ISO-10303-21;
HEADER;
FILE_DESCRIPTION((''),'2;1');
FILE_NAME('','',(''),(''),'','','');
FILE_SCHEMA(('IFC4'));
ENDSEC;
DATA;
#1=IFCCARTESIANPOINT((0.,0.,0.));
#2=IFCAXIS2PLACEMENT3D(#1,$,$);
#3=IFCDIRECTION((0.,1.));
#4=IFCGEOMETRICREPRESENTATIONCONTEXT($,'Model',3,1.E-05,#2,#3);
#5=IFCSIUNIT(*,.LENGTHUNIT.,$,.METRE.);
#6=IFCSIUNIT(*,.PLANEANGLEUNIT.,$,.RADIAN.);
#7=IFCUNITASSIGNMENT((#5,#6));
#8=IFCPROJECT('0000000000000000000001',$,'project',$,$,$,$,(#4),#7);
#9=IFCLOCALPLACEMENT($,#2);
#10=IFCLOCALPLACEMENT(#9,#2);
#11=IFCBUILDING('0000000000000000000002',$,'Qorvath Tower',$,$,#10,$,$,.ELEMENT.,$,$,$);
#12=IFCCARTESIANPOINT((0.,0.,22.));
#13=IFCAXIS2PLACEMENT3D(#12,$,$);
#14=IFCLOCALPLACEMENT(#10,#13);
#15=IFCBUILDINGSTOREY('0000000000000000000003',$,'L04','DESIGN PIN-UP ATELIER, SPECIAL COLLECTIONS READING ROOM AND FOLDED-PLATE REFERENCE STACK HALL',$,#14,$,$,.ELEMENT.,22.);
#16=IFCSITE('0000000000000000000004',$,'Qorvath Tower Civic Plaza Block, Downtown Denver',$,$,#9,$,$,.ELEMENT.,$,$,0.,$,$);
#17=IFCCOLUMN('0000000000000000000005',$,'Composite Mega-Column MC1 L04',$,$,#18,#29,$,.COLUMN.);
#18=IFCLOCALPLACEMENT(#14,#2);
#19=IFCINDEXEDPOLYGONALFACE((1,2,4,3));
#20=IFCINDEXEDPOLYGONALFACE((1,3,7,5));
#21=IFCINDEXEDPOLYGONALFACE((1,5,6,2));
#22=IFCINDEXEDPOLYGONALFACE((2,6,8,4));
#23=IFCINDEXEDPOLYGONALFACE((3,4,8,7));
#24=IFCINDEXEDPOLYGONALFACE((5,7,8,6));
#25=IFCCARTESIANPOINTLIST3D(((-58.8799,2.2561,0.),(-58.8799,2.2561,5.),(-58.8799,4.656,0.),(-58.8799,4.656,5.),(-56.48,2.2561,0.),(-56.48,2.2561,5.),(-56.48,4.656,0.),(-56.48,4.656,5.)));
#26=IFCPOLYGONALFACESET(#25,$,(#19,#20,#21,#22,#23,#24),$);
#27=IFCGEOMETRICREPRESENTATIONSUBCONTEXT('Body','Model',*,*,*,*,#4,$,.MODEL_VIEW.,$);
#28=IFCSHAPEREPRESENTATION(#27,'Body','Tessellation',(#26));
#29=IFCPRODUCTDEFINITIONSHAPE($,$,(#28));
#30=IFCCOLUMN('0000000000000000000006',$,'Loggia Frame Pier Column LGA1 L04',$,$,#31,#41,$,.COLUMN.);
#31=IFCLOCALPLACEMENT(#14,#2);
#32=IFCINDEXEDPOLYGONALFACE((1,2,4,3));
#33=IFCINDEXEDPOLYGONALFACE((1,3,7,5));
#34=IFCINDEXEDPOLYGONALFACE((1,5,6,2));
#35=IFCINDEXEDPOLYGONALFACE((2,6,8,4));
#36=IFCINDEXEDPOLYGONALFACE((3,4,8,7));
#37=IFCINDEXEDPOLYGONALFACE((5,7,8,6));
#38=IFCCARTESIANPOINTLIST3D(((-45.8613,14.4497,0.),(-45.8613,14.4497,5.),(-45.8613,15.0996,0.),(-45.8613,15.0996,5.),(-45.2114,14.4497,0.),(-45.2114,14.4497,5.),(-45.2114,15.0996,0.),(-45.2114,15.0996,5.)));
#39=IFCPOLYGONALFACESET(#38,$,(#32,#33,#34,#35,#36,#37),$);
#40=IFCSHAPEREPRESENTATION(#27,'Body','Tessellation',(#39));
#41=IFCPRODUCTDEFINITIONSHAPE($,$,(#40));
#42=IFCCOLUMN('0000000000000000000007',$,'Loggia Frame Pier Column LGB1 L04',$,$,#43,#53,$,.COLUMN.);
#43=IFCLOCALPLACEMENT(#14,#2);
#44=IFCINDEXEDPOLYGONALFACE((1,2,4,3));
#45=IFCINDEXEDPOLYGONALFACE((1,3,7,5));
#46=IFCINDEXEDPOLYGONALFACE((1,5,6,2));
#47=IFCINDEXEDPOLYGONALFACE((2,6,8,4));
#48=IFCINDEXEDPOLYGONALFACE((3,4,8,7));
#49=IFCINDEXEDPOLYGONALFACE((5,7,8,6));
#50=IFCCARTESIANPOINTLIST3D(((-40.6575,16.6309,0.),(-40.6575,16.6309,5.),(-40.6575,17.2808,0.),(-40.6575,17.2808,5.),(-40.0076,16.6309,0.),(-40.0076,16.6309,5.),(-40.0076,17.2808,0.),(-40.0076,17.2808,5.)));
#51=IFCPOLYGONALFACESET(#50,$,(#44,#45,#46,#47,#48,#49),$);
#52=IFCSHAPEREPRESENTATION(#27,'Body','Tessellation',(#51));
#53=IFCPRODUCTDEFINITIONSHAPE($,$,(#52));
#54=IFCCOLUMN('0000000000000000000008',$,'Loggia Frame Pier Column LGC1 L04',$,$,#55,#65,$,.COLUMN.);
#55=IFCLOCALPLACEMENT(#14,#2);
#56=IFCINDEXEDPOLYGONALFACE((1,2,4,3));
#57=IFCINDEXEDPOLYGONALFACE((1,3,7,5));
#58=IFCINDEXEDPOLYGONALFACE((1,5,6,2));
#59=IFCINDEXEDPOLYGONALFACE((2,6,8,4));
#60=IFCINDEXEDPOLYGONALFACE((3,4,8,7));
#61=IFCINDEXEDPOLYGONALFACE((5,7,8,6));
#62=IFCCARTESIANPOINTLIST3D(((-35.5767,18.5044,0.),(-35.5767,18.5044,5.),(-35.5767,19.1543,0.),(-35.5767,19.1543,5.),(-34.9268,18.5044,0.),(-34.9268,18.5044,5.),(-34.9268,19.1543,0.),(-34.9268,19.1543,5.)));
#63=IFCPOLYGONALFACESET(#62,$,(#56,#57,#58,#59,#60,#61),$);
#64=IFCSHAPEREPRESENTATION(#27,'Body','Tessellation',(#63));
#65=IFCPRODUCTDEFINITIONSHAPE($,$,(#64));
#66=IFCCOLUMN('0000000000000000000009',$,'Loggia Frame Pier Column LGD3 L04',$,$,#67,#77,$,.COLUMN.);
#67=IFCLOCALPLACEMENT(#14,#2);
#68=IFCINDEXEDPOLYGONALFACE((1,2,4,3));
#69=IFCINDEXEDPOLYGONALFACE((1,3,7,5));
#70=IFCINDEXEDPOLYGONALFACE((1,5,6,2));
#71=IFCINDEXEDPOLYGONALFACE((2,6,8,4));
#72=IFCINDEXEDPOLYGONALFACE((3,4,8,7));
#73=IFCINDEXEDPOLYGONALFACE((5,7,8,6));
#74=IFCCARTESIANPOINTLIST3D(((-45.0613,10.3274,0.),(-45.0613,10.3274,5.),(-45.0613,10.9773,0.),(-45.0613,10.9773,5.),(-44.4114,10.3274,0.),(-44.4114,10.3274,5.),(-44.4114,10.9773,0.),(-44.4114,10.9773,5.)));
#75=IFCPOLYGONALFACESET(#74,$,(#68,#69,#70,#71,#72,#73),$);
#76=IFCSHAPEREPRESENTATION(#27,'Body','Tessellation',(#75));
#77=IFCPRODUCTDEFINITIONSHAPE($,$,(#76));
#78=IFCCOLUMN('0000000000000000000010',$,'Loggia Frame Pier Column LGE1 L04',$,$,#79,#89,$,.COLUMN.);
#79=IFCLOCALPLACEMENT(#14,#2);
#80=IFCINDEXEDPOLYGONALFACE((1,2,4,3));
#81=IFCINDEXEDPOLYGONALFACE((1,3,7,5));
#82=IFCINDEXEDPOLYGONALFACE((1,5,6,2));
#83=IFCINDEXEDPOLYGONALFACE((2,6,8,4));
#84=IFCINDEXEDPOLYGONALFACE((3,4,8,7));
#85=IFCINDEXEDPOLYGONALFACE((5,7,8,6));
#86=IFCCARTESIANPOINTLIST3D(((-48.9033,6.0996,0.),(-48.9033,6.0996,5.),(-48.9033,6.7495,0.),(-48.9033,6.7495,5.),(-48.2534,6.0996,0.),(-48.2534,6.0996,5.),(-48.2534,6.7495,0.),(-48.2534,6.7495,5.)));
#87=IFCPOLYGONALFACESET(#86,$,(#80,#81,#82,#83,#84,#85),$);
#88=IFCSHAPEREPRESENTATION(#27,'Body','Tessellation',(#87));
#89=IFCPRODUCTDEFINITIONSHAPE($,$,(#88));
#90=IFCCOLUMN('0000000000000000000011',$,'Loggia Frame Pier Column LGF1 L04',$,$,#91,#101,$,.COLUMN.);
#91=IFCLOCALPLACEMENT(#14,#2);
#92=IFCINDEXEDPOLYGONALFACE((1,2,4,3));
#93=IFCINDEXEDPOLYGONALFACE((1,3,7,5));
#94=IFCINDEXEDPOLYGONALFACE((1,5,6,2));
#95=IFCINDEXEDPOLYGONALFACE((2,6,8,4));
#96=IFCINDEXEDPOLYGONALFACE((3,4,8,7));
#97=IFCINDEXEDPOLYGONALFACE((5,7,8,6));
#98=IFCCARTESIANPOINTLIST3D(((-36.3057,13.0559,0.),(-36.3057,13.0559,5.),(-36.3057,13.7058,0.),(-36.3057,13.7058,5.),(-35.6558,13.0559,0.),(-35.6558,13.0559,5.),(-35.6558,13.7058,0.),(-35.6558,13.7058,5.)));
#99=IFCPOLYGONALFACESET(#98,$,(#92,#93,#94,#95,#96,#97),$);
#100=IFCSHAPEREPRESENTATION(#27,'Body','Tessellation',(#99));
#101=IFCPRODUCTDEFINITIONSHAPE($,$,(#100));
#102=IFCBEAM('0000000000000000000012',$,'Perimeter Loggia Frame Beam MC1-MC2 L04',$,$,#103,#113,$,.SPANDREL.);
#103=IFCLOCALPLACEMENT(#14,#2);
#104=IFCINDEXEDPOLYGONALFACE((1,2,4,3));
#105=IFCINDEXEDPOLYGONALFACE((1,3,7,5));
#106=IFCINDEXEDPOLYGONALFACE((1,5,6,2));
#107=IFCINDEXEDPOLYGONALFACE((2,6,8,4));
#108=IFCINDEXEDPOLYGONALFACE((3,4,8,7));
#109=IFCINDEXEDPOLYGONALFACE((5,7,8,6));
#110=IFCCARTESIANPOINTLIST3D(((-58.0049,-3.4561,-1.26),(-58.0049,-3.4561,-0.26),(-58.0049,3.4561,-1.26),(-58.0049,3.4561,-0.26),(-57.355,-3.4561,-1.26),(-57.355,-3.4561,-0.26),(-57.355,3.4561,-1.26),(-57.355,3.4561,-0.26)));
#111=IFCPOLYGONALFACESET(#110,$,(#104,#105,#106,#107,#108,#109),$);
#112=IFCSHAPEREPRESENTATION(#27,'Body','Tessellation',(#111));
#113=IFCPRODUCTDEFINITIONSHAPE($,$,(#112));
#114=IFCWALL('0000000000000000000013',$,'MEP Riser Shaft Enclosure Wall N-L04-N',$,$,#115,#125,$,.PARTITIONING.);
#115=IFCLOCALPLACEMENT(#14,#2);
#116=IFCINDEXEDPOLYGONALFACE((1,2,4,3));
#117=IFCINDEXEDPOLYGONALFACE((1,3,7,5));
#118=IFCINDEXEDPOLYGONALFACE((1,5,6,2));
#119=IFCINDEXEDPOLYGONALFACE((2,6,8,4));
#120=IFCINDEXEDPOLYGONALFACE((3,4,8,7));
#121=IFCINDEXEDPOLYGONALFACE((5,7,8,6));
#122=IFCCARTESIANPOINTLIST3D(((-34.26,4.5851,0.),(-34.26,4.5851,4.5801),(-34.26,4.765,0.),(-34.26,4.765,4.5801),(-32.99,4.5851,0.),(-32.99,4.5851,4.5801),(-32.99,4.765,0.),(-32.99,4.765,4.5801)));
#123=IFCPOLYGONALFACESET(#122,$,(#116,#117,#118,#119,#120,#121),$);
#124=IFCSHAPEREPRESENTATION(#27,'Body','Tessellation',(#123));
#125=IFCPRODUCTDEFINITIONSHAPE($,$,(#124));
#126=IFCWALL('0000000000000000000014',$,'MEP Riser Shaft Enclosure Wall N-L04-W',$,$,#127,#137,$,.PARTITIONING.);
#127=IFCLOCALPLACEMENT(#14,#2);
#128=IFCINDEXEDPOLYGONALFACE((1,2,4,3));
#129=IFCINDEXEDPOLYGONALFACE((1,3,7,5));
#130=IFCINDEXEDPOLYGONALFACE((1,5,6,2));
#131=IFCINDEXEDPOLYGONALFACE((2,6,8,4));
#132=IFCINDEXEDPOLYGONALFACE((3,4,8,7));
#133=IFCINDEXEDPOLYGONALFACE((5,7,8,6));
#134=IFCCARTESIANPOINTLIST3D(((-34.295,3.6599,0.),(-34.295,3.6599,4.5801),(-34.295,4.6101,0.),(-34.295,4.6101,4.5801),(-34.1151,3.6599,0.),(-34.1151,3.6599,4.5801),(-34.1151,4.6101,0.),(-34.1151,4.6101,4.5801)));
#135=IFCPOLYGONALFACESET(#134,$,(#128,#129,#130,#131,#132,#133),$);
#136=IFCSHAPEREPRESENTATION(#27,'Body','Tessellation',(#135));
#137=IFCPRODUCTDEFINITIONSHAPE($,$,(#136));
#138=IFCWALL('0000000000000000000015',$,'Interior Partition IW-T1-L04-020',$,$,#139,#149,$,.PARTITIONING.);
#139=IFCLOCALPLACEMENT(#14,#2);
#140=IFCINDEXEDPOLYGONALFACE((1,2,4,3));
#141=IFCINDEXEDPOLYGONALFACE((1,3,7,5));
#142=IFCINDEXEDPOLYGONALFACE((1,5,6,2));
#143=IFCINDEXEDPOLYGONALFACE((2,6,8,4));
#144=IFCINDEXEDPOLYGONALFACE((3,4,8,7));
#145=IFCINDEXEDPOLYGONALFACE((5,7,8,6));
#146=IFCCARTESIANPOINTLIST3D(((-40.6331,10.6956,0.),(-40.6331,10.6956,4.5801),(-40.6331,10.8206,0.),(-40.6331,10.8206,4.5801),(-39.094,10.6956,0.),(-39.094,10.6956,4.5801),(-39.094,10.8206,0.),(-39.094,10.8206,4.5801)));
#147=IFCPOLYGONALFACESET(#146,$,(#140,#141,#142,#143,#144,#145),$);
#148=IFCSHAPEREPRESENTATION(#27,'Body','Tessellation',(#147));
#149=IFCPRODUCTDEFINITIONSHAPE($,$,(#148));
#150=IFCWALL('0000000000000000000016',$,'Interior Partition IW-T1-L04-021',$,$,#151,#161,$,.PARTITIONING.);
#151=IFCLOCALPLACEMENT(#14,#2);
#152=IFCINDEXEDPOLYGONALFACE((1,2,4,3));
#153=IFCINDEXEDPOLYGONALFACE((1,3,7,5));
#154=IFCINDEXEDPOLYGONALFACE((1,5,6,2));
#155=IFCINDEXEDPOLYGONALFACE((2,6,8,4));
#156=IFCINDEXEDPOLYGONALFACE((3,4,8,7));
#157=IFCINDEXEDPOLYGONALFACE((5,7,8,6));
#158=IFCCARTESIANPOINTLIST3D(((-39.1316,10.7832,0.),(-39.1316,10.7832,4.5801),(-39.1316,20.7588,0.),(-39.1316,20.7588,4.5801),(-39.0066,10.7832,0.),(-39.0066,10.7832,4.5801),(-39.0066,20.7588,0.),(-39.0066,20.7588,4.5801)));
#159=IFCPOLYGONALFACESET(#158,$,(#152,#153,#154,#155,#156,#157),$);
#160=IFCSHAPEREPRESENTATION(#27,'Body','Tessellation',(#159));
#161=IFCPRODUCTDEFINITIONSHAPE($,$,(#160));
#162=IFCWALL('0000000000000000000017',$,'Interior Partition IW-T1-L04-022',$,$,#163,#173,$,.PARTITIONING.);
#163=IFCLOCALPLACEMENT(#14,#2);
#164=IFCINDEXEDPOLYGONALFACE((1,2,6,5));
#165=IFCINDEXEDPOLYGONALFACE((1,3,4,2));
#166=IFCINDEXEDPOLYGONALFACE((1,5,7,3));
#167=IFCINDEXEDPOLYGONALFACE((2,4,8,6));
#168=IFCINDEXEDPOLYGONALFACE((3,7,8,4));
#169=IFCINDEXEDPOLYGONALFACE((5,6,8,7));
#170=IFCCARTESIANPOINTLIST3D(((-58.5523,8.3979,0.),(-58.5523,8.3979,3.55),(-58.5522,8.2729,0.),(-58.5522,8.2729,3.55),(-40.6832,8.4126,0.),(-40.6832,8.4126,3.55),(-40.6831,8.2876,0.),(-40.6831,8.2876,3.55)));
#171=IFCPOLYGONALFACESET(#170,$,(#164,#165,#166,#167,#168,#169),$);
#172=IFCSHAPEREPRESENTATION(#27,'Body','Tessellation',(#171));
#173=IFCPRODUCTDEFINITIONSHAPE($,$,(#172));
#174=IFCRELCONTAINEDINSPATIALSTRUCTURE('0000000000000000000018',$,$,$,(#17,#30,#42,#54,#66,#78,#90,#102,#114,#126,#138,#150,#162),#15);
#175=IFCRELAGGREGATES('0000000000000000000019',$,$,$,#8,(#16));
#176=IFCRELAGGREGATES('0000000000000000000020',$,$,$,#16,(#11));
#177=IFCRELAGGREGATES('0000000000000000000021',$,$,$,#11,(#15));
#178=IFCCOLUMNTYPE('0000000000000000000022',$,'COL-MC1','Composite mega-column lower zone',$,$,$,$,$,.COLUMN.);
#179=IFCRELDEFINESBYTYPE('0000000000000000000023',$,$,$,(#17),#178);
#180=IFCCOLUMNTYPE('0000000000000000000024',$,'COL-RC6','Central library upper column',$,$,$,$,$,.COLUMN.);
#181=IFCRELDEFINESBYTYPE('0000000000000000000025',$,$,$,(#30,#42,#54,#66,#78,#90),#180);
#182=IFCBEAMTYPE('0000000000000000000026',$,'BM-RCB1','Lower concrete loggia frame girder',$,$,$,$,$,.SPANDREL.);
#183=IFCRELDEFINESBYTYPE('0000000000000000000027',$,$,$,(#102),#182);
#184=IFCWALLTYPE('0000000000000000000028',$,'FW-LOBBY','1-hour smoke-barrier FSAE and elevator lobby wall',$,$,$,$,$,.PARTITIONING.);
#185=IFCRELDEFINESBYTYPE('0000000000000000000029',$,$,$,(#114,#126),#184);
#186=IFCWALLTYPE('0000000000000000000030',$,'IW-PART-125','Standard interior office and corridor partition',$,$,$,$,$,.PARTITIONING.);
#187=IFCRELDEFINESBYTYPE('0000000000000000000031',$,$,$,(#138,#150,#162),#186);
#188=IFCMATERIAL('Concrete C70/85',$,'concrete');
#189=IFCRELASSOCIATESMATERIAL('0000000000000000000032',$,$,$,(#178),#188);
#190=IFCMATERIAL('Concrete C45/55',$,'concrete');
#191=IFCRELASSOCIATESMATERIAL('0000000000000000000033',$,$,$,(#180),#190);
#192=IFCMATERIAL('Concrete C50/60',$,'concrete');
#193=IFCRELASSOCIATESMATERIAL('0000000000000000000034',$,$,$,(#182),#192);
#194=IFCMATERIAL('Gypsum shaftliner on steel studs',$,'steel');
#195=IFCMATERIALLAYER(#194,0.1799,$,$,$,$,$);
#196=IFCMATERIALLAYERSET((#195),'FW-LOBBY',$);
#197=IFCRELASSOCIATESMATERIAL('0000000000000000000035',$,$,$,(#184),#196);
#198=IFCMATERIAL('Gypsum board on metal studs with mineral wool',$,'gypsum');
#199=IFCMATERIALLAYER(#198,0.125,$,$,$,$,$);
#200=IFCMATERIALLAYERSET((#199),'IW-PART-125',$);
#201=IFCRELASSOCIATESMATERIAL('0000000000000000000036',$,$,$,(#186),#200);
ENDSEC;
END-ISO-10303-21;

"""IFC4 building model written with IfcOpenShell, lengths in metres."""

from ifc_helpers import new_model, si_unit, direction, frame, frame_2d, origin, origin_2d, place, context, subcontext, project, spatial, rectangle, extrude, material, layer, layer_set, material_profile, profile_set, type_object, element, save


model = new_model("IFC4")

# Units and contexts
model_context = context("Model", 3, precision=1e-05, world=origin(), true_north=direction((0.0, 1.0)))
body_context = subcontext(model_context, "Body", "Model", "MODEL_VIEW")
ifc_project = project(units=[si_unit("LENGTHUNIT", "METRE"), si_unit("PLANEANGLEUNIT", "RADIAN")], contexts=[model_context])

# Site, building, storey
site_placement = place(None, origin())
site = spatial("IfcSite", under=ifc_project, at=site_placement, Name="Qorvath Tower Civic Plaza Block, Downtown Denver", CompositionType="ELEMENT", RefElevation=0.0)
building_placement = place(site_placement, origin())
building = spatial("IfcBuilding", under=site, at=building_placement, Name="Qorvath Tower", CompositionType="ELEMENT")
storey_placement = place(building_placement, frame((0.0, 0.0, 22.0)))
storey = spatial("IfcBuildingStorey", under=building, at=storey_placement, Name="L04", Description="DESIGN PIN-UP ATELIER, SPECIAL COLLECTIONS READING ROOM AND FOLDED-PLATE REFERENCE STACK HALL", CompositionType="ELEMENT", Elevation=22.0)

# Columns
ifc_material_1 = material(Name="Concrete C70/85", Category="concrete")
ifc_material_profile_1 = material_profile(ifc_material_1, rectangle(XDim=2.3999, YDim=2.3999, at=origin_2d()), Name="MC 2400x2400")
ifc_profile_set_1 = profile_set([ifc_material_profile_1], Name="Concrete C70/85")
column_type_1 = type_object("IfcColumnType", Name="COL-MC1", Description="Composite mega-column lower zone", PredefinedType="COLUMN", material=ifc_profile_set_1)
column_placement = place(storey_placement, frame((-57.6799, 3.4561, 0.0), z_axis=(0.0, 0.0, 1.0), x_axis=(1.0, 0.0, 0.0)))
element("IfcColumn", 1, at=column_placement, inside=storey, type_object=column_type_1, Name="Composite Mega-Column MC1 L04", PredefinedType="COLUMN", context=body_context, shape_type="SweptSolid", body=[
    extrude(rectangle(XDim=2.3999, YDim=2.3999, at=origin_2d()), origin(), (0.0, 0.0, 1.0), 5.0),
])
ifc_material_2 = material(Name="Concrete C45/55", Category="concrete")
ifc_material_profile_2 = material_profile(ifc_material_2, rectangle(XDim=0.6499, YDim=0.6499, at=origin_2d()), Name="RC 650x650")
ifc_profile_set_2 = profile_set([ifc_material_profile_2], Name="Concrete C45/55")
column_type_2 = type_object("IfcColumnType", Name="COL-RC6", Description="Central library upper column", PredefinedType="COLUMN", material=ifc_profile_set_2)
for number, where, z_axis, x_axis, name in (
    (2, (-45.5364, 14.7747, 0.0), (0.0, 0.0, 1.0), (1.0, 0.0, 0.0), "Loggia Frame Pier Column LGA1 L04"),
    (3, (-40.3325, 16.9558, 0.0), (0.0, 0.0, 1.0), (1.0, 0.0, 0.0), "Loggia Frame Pier Column LGB1 L04"),
    (4, (-35.2517, 18.8293, 0.0), (0.0, 0.0, 1.0), (1.0, 0.0, 0.0), "Loggia Frame Pier Column LGC1 L04"),
    (5, (-44.7363, 10.6523, 0.0), (0.0, 0.0, 1.0), (1.0, 0.0, 0.0), "Loggia Frame Pier Column LGD3 L04"),
    (6, (-48.5784, 6.4246, 0.0), (0.0, 0.0, 1.0), (1.0, 0.0, 0.0), "Loggia Frame Pier Column LGE1 L04"),
    (7, (-35.9807, 13.3809, 0.0), (0.0, 0.0, 1.0), (1.0, 0.0, 0.0), "Loggia Frame Pier Column LGF1 L04"),
):
    element("IfcColumn", number, at=place(storey_placement, frame(where, z_axis=z_axis, x_axis=x_axis)), inside=storey, type_object=column_type_2, Name=name, PredefinedType="COLUMN", context=body_context, shape_type="SweptSolid", body=[
        extrude(rectangle(XDim=0.6499, YDim=0.6499, at=origin_2d()), origin(), (0.0, 0.0, 1.0), 5.0),
    ])

# Beam
ifc_material_3 = material(Name="Concrete C50/60", Category="concrete")
ifc_material_profile_3 = material_profile(ifc_material_3, rectangle(XDim=0.6499, YDim=1.0, at=origin_2d()), Name="RCB 1000x650")
ifc_profile_set_3 = profile_set([ifc_material_profile_3], Name="Concrete C50/60")
beam_type = type_object("IfcBeamType", Name="BM-RCB1", Description="Lower concrete loggia frame girder", PredefinedType="SPANDREL", material=ifc_profile_set_3)
beam_placement = place(storey_placement, frame((-57.6799, 3.4561, -0.76), z_axis=(0.0, -1.0, 0.0), x_axis=(1.0, 0.0, 0.0)))
element("IfcBeam", 8, at=beam_placement, inside=storey, type_object=beam_type, Name="Perimeter Loggia Frame Beam MC1-MC2 L04", PredefinedType="SPANDREL", context=body_context, shape_type="SweptSolid", body=[
    extrude(rectangle(XDim=0.6499, YDim=1.0, at=origin_2d()), origin(), (0.0, 0.0, 1.0), 6.9121),
])

# Walls
ifc_material_4 = material(Name="Gypsum shaftliner on steel studs", Category="steel")
ifc_layer_1 = layer(ifc_material_4, 0.1799)
ifc_layer_set_1 = layer_set([ifc_layer_1], Name="FW-LOBBY")
wall_type_1 = type_object("IfcWallType", Name="FW-LOBBY", Description="1-hour smoke-barrier FSAE and elevator lobby wall", PredefinedType="PARTITIONING", material=ifc_layer_set_1)
wall_1_placement = place(storey_placement, frame((-34.26, 4.675, 0.0), z_axis=(0.0, 0.0, 1.0), x_axis=(1.0, 0.0, 0.0)))
element("IfcWall", 9, at=wall_1_placement, inside=storey, type_object=wall_type_1, Name="MEP Riser Shaft Enclosure Wall N-L04-N", PredefinedType="PARTITIONING", context=body_context, shape_type="SweptSolid", body=[
    extrude(rectangle(XDim=1.27, YDim=0.1799, at=frame_2d((0.635, 0.0))), origin(), (0.0, 0.0, 1.0), 4.5801),
])
wall_2_placement = place(storey_placement, frame((-34.2051, 3.6599, 0.0), z_axis=(0.0, 0.0, 1.0), x_axis=(0.0, 1.0, 0.0)))
element("IfcWall", 10, at=wall_2_placement, inside=storey, type_object=wall_type_1, Name="MEP Riser Shaft Enclosure Wall N-L04-W", PredefinedType="PARTITIONING", context=body_context, shape_type="SweptSolid", body=[
    extrude(rectangle(XDim=0.9502, YDim=0.1799, at=frame_2d((0.4751, 0.0))), origin(), (0.0, 0.0, 1.0), 4.5801),
])

# Shared definitions
ifc_material_5 = material(Name="Gypsum board on metal studs with mineral wool", Category="gypsum")
ifc_layer_2 = layer(ifc_material_5, 0.125)
ifc_layer_set_2 = layer_set([ifc_layer_2], Name="IW-PART-125")
wall_type_2 = type_object("IfcWallType", Name="IW-PART-125", Description="Standard interior office and corridor partition", PredefinedType="PARTITIONING", material=ifc_layer_set_2)

# Walls
wall_3_placement = place(storey_placement, frame((-40.6331, 10.7581, 0.0), z_axis=(0.0, 0.0, 1.0), x_axis=(1.0, 0.0, 0.0)))
element("IfcWall", 11, at=wall_3_placement, inside=storey, type_object=wall_type_2, Name="Interior Partition IW-T1-L04-020", PredefinedType="PARTITIONING", context=body_context, shape_type="SweptSolid", body=[
    extrude(rectangle(XDim=1.5391, YDim=0.125, at=frame_2d((0.7695, 0.0))), origin(), (0.0, 0.0, 1.0), 4.5801),
])
wall_4_placement = place(storey_placement, frame((-39.0691, 10.7832, 0.0), z_axis=(0.0, 0.0, 1.0), x_axis=(0.0, 1.0, 0.0)))
element("IfcWall", 12, at=wall_4_placement, inside=storey, type_object=wall_type_2, Name="Interior Partition IW-T1-L04-021", PredefinedType="PARTITIONING", context=body_context, shape_type="SweptSolid", body=[
    extrude(rectangle(XDim=9.9756, YDim=0.125, at=frame_2d((4.9878, 0.0))), origin(), (0.0, 0.0, 1.0), 4.5801),
])
wall_5_placement = place(storey_placement, frame((-58.5522, 8.3354, 0.0), z_axis=(0.0, 0.0, 1.0), x_axis=(1.0, 0.00082, 0.0)))
element("IfcWall", 13, at=wall_5_placement, inside=storey, type_object=wall_type_2, Name="Interior Partition IW-T1-L04-022", PredefinedType="PARTITIONING", context=body_context, shape_type="SweptSolid", body=[
    extrude(rectangle(XDim=17.8691, YDim=0.125, at=frame_2d((8.9346, 0.0))), origin(), (0.0, 0.0, 1.0), 3.55),
])

save(model, "model.ifc")
